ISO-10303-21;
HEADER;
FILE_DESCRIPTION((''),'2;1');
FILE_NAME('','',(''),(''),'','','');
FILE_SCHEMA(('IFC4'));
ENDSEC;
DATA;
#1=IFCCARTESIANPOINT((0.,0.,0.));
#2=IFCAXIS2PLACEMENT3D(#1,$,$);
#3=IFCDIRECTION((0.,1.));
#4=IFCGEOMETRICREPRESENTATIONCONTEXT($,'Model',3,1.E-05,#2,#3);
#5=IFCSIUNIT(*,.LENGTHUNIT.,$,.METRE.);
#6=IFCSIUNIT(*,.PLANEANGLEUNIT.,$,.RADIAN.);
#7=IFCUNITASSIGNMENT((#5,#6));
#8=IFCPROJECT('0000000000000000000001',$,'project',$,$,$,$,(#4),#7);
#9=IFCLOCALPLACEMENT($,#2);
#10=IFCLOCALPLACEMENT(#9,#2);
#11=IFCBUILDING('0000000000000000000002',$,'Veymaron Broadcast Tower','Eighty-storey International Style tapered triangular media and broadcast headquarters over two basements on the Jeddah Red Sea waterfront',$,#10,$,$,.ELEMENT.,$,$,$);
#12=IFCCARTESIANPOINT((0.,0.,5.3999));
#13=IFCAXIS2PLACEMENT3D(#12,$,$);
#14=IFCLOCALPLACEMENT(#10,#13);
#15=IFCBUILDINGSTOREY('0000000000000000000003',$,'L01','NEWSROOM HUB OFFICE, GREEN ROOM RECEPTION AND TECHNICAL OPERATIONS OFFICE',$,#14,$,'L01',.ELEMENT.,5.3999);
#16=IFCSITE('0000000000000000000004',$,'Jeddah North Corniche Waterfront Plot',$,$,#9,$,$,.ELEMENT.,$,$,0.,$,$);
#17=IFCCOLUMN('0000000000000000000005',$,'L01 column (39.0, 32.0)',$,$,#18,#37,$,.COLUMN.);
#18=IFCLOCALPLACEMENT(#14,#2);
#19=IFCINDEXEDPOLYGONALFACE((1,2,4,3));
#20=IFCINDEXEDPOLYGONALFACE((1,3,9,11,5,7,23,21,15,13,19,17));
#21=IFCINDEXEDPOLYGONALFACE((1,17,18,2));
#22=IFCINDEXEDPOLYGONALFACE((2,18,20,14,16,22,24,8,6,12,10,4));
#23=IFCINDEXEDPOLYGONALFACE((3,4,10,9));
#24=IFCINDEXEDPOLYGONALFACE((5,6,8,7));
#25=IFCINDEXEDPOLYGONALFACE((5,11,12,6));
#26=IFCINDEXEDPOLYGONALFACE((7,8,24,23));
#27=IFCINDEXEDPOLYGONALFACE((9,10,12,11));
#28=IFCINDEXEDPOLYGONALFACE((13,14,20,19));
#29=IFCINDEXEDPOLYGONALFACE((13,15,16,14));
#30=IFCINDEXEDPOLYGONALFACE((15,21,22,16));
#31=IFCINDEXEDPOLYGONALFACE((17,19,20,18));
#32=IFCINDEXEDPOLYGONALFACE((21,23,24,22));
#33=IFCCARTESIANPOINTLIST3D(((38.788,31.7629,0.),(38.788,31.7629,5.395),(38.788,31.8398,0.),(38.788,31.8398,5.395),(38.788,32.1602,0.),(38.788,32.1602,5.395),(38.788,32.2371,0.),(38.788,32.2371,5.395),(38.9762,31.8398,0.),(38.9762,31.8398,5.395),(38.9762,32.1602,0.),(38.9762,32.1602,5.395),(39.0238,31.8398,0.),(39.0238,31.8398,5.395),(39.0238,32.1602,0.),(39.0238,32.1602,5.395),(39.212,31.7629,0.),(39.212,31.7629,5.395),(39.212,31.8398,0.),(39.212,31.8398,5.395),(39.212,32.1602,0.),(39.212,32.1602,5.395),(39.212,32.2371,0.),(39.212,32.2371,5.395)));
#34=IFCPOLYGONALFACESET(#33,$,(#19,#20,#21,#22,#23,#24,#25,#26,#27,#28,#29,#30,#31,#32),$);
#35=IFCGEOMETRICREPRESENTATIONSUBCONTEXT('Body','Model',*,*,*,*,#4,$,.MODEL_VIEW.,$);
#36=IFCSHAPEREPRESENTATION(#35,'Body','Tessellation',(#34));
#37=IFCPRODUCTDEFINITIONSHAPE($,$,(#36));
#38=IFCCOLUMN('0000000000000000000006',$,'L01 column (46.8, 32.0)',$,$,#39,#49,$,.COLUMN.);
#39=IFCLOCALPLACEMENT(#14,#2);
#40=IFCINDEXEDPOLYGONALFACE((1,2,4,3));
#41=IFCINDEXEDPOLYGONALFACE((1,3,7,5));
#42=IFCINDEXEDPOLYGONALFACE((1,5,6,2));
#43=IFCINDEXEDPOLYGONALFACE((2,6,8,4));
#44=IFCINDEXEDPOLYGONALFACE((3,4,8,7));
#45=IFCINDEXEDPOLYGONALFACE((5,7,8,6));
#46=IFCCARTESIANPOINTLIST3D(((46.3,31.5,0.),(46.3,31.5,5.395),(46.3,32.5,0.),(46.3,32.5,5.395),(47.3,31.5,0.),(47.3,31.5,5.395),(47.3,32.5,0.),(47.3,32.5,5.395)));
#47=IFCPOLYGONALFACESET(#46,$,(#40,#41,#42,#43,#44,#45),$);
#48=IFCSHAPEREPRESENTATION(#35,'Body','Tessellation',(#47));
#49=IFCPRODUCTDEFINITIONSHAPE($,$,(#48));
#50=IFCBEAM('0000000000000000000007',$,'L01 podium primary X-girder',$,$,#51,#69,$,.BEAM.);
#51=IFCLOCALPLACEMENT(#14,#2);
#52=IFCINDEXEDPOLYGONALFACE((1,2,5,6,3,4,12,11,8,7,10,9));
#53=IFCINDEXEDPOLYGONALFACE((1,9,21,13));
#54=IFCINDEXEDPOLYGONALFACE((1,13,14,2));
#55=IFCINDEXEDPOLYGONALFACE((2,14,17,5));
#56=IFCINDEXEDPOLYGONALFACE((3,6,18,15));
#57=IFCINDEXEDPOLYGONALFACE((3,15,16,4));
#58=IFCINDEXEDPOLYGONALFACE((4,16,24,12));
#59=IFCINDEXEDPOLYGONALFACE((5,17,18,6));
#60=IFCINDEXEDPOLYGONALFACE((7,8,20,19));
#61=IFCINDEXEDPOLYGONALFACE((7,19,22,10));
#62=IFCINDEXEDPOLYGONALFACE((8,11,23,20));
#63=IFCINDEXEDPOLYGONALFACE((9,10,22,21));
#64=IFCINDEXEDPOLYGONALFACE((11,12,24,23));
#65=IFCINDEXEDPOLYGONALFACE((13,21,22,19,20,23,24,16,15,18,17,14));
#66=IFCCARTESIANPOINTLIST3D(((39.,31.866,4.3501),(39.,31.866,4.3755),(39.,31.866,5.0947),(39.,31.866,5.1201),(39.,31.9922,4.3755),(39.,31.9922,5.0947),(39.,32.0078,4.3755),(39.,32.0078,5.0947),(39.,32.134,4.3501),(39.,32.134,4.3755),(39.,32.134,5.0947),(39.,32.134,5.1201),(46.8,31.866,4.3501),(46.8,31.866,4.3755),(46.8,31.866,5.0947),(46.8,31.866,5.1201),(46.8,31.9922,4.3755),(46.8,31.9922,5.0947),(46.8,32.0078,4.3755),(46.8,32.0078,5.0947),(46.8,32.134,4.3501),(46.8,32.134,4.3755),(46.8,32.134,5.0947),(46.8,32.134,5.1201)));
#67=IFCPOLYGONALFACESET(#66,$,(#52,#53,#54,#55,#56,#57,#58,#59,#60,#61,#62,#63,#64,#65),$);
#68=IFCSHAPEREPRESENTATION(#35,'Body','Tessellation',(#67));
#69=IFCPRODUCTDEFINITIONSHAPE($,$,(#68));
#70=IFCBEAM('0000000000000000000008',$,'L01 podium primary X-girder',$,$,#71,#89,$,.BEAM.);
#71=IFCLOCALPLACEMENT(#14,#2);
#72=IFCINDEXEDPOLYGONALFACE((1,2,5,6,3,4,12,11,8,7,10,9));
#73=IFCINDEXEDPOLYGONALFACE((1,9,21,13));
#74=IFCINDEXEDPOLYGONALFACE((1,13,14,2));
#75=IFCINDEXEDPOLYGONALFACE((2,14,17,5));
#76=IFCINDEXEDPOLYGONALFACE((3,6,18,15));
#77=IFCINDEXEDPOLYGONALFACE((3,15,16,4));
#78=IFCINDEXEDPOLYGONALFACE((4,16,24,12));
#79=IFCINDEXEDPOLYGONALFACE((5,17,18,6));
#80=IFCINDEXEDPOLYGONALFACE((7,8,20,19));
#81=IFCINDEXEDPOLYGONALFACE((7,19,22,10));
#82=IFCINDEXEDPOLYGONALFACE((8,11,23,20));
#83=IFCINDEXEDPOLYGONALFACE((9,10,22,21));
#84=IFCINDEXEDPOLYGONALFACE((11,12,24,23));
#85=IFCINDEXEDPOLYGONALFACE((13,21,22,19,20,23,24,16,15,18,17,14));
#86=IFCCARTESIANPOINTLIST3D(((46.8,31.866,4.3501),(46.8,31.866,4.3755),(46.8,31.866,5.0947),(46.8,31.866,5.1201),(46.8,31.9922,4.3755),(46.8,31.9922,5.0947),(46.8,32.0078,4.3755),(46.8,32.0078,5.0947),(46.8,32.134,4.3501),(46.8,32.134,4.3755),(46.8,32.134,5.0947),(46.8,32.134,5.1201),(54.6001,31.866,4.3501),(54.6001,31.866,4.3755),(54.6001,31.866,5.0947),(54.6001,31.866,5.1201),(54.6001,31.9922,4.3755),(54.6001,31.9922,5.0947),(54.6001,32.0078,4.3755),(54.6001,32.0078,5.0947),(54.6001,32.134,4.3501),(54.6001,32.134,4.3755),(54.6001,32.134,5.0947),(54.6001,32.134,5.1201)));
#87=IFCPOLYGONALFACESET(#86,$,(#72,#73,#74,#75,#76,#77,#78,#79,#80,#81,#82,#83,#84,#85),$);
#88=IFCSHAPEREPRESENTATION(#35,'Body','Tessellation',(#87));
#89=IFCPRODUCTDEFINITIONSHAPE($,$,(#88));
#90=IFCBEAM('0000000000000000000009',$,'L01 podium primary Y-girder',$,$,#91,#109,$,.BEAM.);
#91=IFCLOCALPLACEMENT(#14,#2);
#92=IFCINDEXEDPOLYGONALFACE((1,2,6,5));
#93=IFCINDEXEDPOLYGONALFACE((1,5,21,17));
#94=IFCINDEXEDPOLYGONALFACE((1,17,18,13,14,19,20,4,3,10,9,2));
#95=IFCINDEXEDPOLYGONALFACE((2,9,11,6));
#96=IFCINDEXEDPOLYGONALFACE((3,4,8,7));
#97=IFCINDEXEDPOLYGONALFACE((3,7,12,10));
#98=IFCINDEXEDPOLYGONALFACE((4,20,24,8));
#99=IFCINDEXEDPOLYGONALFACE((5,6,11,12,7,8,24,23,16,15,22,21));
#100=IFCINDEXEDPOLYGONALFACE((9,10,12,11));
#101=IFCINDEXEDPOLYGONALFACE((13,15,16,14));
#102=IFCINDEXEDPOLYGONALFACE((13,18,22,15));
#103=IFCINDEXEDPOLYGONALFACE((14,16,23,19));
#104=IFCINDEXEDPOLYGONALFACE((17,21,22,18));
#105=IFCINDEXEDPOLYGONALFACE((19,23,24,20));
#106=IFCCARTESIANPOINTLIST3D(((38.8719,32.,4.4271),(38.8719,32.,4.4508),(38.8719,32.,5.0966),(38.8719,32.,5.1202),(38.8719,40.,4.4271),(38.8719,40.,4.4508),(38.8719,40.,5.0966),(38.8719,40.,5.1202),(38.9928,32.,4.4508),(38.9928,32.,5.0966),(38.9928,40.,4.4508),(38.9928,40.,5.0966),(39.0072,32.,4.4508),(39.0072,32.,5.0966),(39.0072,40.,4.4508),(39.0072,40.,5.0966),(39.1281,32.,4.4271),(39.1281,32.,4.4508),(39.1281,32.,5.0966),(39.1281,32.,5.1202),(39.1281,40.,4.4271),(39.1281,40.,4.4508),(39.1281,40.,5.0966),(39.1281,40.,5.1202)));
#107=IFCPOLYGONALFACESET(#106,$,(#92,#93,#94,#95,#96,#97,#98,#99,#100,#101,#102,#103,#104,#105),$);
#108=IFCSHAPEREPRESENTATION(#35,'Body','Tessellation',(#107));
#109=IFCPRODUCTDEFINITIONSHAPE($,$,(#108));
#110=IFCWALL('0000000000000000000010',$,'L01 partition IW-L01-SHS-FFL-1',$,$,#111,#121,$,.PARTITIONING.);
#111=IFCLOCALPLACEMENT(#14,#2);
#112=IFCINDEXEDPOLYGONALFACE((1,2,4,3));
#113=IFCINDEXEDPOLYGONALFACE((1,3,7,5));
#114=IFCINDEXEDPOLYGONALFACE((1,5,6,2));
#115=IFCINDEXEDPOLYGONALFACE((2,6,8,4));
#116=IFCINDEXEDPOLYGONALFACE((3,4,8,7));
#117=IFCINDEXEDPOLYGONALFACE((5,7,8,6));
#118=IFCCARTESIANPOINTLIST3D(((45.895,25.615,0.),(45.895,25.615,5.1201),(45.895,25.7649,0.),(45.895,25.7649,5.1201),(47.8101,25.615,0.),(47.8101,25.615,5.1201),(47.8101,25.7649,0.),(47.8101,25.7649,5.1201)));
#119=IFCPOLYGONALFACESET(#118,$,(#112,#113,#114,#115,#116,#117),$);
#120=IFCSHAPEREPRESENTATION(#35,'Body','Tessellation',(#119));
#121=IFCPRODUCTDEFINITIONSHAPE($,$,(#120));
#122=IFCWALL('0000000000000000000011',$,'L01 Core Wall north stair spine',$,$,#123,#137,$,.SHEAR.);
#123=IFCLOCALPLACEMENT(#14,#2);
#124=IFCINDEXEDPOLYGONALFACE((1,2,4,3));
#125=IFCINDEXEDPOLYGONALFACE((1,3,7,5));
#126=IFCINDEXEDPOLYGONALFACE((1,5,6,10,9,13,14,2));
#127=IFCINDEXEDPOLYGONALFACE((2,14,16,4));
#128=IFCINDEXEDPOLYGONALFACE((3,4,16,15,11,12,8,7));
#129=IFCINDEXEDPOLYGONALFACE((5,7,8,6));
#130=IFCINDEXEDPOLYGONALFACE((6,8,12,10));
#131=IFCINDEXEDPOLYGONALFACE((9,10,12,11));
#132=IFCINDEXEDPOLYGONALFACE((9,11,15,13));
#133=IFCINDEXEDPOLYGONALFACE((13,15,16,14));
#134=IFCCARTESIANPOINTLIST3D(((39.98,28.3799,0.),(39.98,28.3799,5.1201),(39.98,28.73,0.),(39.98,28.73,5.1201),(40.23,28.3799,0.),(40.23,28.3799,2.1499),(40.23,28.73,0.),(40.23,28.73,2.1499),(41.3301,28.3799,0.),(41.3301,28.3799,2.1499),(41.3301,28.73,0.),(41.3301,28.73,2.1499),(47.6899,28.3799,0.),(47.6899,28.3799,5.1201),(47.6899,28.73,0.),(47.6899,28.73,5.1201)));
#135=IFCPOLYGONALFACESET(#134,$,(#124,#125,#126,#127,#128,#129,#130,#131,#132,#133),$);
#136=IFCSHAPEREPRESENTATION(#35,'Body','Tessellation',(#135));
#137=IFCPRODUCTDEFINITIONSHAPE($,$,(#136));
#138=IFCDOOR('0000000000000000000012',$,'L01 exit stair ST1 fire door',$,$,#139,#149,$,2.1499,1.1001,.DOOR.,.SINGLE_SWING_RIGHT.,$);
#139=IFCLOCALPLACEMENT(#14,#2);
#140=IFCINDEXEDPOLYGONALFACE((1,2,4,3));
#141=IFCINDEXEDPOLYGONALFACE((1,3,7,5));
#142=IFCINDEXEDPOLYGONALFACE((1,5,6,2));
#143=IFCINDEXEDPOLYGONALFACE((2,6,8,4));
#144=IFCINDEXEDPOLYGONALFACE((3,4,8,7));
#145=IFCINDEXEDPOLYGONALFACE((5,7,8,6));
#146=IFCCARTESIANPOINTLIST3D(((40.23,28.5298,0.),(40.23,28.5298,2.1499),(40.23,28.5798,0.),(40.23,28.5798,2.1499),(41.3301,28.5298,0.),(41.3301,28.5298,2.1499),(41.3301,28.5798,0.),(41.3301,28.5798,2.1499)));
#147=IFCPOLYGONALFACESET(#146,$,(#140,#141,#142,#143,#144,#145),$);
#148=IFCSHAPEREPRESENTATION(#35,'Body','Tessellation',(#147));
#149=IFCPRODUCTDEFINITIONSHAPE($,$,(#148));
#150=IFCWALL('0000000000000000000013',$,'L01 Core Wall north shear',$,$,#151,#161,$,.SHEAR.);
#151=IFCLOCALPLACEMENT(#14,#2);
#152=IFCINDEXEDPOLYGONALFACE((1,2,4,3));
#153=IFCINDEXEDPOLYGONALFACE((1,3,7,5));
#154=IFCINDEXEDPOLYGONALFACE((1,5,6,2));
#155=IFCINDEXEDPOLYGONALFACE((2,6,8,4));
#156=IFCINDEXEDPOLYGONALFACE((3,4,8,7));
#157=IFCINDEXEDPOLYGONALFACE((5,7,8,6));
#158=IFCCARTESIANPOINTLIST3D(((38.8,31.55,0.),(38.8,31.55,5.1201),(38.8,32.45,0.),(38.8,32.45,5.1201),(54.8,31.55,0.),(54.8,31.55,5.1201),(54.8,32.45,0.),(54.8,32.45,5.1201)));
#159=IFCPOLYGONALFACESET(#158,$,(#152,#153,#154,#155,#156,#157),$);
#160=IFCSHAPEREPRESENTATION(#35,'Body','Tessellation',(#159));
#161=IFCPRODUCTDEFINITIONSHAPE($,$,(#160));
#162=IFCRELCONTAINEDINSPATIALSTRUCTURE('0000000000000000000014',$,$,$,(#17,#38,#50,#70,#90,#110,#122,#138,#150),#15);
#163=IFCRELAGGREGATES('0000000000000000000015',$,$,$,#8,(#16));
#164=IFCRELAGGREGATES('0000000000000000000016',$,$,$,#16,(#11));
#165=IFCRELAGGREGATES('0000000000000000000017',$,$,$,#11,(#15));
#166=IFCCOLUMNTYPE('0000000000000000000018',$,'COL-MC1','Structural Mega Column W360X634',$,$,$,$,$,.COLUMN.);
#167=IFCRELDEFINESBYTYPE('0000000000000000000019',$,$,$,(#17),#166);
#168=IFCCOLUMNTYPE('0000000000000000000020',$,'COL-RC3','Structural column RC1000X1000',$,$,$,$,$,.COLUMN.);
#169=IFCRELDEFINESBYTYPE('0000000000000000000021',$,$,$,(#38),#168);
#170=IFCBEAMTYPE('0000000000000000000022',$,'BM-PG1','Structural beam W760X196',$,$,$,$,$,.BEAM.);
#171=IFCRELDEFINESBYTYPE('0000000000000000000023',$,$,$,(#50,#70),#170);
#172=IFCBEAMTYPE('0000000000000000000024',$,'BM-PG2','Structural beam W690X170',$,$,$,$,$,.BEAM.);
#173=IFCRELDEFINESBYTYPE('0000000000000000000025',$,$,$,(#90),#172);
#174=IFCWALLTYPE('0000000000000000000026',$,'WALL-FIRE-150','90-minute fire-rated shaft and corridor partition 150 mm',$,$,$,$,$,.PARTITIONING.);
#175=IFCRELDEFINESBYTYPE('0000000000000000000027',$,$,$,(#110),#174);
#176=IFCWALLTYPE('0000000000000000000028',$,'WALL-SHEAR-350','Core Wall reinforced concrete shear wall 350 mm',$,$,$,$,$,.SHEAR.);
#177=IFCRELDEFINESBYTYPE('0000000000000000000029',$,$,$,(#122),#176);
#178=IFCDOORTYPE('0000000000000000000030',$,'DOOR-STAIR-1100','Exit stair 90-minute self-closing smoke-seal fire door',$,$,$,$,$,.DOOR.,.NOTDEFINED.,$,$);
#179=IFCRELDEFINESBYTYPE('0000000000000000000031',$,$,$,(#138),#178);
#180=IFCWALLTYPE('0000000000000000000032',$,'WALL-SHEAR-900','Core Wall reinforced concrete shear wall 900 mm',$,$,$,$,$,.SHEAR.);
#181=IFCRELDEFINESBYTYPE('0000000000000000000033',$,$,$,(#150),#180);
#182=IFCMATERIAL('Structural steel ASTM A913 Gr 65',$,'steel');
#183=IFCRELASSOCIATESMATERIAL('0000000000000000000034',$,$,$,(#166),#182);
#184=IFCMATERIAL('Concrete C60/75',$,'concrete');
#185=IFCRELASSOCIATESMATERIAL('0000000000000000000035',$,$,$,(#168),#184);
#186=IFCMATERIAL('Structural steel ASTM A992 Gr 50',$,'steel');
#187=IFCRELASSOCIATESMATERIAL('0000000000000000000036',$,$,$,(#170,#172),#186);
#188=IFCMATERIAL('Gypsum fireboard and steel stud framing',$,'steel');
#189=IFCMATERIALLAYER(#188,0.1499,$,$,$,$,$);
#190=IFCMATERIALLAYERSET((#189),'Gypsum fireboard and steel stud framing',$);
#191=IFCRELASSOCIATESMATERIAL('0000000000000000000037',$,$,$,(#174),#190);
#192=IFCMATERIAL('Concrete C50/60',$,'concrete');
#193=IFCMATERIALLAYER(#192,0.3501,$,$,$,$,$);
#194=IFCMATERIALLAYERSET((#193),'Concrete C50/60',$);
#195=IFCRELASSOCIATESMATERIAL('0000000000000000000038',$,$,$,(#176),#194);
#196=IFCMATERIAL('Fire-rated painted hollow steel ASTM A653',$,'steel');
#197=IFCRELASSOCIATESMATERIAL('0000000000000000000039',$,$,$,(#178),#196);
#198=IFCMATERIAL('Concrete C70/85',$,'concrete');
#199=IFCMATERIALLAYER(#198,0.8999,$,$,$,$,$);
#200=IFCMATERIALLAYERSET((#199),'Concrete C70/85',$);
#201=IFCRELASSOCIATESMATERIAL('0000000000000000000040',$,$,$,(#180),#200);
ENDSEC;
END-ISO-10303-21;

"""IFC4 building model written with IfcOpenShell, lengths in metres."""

from ifc_helpers import new_model, si_unit, direction, frame, frame_2d, origin, origin_2d, place, context, subcontext, project, spatial, rectangle, i_section, extrude, material, layer, layer_set, material_profile, profile_set, type_object, element, fill, save


model = new_model("IFC4")

# Units and contexts
model_context = context("Model", 3, precision=1e-05, world=origin(), true_north=direction((0.0, 1.0)))
body_context = subcontext(model_context, "Body", "Model", "MODEL_VIEW")
ifc_project = project(units=[si_unit("LENGTHUNIT", "METRE"), si_unit("PLANEANGLEUNIT", "RADIAN")], contexts=[model_context])

# Site, building, storey
site_placement = place(None, origin())
site = spatial("IfcSite", under=ifc_project, at=site_placement, Name="Jeddah North Corniche Waterfront Plot", CompositionType="ELEMENT", RefElevation=0.0)
building_placement = place(site_placement, origin())
building = spatial("IfcBuilding", under=site, at=building_placement, Name="Veymaron Broadcast Tower", Description="Eighty-storey International Style tapered triangular media and broadcast headquarters over two basements on the Jeddah Red Sea waterfront", CompositionType="ELEMENT")
storey_placement = place(building_placement, frame((0.0, 0.0, 5.3999)))
storey = spatial("IfcBuildingStorey", under=building, at=storey_placement, Name="L01", Description="NEWSROOM HUB OFFICE, GREEN ROOM RECEPTION AND TECHNICAL OPERATIONS OFFICE", LongName="L01", CompositionType="ELEMENT", Elevation=5.3999)

# Columns
ifc_material_1 = material(Name="Structural steel ASTM A913 Gr 65", Category="steel")
ifc_material_profile_1 = material_profile(ifc_material_1, i_section(OverallWidth=0.4241, OverallDepth=0.4741, WebThickness=0.0476, FlangeThickness=0.0769, at=origin_2d()), Name="W360X634")
ifc_profile_set_1 = profile_set([ifc_material_profile_1], Name="Structural steel ASTM A913 Gr 65")
column_type_1 = type_object("IfcColumnType", Name="COL-MC1", Description="Structural Mega Column W360X634", PredefinedType="COLUMN", material=ifc_profile_set_1)
column_1_placement = place(storey_placement, frame((39.0, 32.0, 0.0), z_axis=(0.0, 0.0, 1.0), x_axis=(1.0, 0.0, 0.0)))
element("IfcColumn", 1, at=column_1_placement, inside=storey, type_object=column_type_1, Name="L01 column (39.0, 32.0)", PredefinedType="COLUMN", context=body_context, shape_type="SweptSolid", body=[
    extrude(i_section(OverallWidth=0.4241, OverallDepth=0.4741, WebThickness=0.0476, FlangeThickness=0.0769, at=origin_2d()), origin(), (0.0, 0.0, 1.0), 5.395),
])
ifc_material_2 = material(Name="Concrete C60/75", Category="concrete")
ifc_material_profile_2 = material_profile(ifc_material_2, rectangle(XDim=1.0, YDim=1.0, at=origin_2d()), Name="RC1000X1000")
ifc_profile_set_2 = profile_set([ifc_material_profile_2], Name="Concrete C60/75")
column_type_2 = type_object("IfcColumnType", Name="COL-RC3", Description="Structural column RC1000X1000", PredefinedType="COLUMN", material=ifc_profile_set_2)
column_2_placement = place(storey_placement, frame((46.8, 32.0, 0.0), z_axis=(0.0, 0.0, 1.0), x_axis=(1.0, 0.0, 0.0)))
element("IfcColumn", 2, at=column_2_placement, inside=storey, type_object=column_type_2, Name="L01 column (46.8, 32.0)", PredefinedType="COLUMN", context=body_context, shape_type="SweptSolid", body=[
    extrude(rectangle(XDim=1.0, YDim=1.0, at=origin_2d()), origin(), (0.0, 0.0, 1.0), 5.395),
])

# Beams
ifc_material_3 = material(Name="Structural steel ASTM A992 Gr 50", Category="steel")
ifc_material_profile_3 = material_profile(ifc_material_3, i_section(OverallWidth=0.2681, OverallDepth=0.77, WebThickness=0.0156, FlangeThickness=0.0254, at=origin_2d()), Name="W760X196")
ifc_profile_set_3 = profile_set([ifc_material_profile_3], Name="Structural steel ASTM A992 Gr 50")
beam_type_1 = type_object("IfcBeamType", Name="BM-PG1", Description="Structural beam W760X196", PredefinedType="BEAM", material=ifc_profile_set_3)
for number, where, z_axis, x_axis, name in (
    (3, (39.0, 32.0, 4.7351), (1.0, 0.0, 0.0), (0.0, 1.0, 0.0), "L01 podium primary X-girder"),
    (4, (46.8, 32.0, 4.7351), (1.0, 0.0, 0.0), (0.0, 1.0, 0.0), "L01 podium primary X-girder"),
):
    element("IfcBeam", number, at=place(storey_placement, frame(where, z_axis=z_axis, x_axis=x_axis)), inside=storey, type_object=beam_type_1, Name=name, PredefinedType="BEAM", context=body_context, shape_type="SweptSolid", body=[
        extrude(i_section(OverallWidth=0.2681, OverallDepth=0.77, WebThickness=0.0156, FlangeThickness=0.0254, at=origin_2d()), origin(), (0.0, 0.0, 1.0), 7.8),
    ])
ifc_material_profile_4 = material_profile(ifc_material_3, i_section(OverallWidth=0.2561, OverallDepth=0.6931, WebThickness=0.0144, FlangeThickness=0.0237, at=origin_2d()), Name="W690X170")
ifc_profile_set_4 = profile_set([ifc_material_profile_4], Name="Structural steel ASTM A992 Gr 50")
beam_type_2 = type_object("IfcBeamType", Name="BM-PG2", Description="Structural beam W690X170", PredefinedType="BEAM", material=ifc_profile_set_4)
beam_placement = place(storey_placement, frame((39.0, 32.0, 4.7737), z_axis=(0.0, 1.0, 0.0), x_axis=(-1.0, 0.0, 0.0)))
element("IfcBeam", 5, at=beam_placement, inside=storey, type_object=beam_type_2, Name="L01 podium primary Y-girder", PredefinedType="BEAM", context=body_context, shape_type="SweptSolid", body=[
    extrude(i_section(OverallWidth=0.2561, OverallDepth=0.6931, WebThickness=0.0144, FlangeThickness=0.0237, at=origin_2d()), origin(), (0.0, 0.0, 1.0), 8.0),
])

# Shared definitions
ifc_material_4 = material(Name="Gypsum fireboard and steel stud framing", Category="steel")
ifc_layer_1 = layer(ifc_material_4, 0.1499)
ifc_layer_set_1 = layer_set([ifc_layer_1], Name="Gypsum fireboard and steel stud framing")
wall_type_1 = type_object("IfcWallType", Name="WALL-FIRE-150", Description="90-minute fire-rated shaft and corridor partition 150 mm", PredefinedType="PARTITIONING", material=ifc_layer_set_1)

# Wall
wall_1_placement = place(storey_placement, frame((45.895, 25.6899, 0.0), z_axis=(0.0, 0.0, 1.0), x_axis=(1.0, 0.0, 0.0)))
element("IfcWall", 6, at=wall_1_placement, inside=storey, type_object=wall_type_1, Name="L01 partition IW-L01-SHS-FFL-1", PredefinedType="PARTITIONING", context=body_context, shape_type="SweptSolid", body=[
    extrude(rectangle(XDim=1.915, YDim=0.1499, at=frame_2d((0.9575, 0.0))), origin(), (0.0, 0.0, 1.0), 5.1201),
])

# Wall, opening, door
ifc_material_5 = material(Name="Concrete C50/60", Category="concrete")
ifc_layer_2 = layer(ifc_material_5, 0.3501)
ifc_layer_set_2 = layer_set([ifc_layer_2], Name="Concrete C50/60")
wall_type_2 = type_object("IfcWallType", Name="WALL-SHEAR-350", Description="Core Wall reinforced concrete shear wall 350 mm", PredefinedType="SHEAR", material=ifc_layer_set_2)
wall_2_placement = place(storey_placement, frame((39.98, 28.5549, 0.0), z_axis=(0.0, 0.0, 1.0), x_axis=(1.0, 0.0, 0.0)))
wall_2 = element("IfcWall", 7, at=wall_2_placement, inside=storey, type_object=wall_type_2, Name="L01 Core Wall north stair spine", PredefinedType="SHEAR", context=body_context, shape_type="SweptSolid", body=[
    extrude(rectangle(XDim=7.71, YDim=0.3501, at=frame_2d((3.855, 0.0))), origin(), (0.0, 0.0, 1.0), 5.1201),
])
opening_1_placement = place(wall_2_placement, frame((0.25, 0.0, 0.0)))
opening_1 = element("IfcOpeningElement", 8, at=opening_1_placement, cuts=wall_2, PredefinedType="OPENING", context=body_context, shape_type="SweptSolid", body=[
    extrude(rectangle(XDim=1.1001, YDim=2.1499, at=frame_2d((0.55, 1.075))), frame((0.0, 0.1851, 0.0), z_axis=(0.0, -1.0, 0.0), x_axis=(1.0, 0.0, 0.0)), (0.0, 0.0, 1.0), 0.3701),
])
ifc_material_6 = material(Name="Fire-rated painted hollow steel ASTM A653", Category="steel")
door_type_1 = type_object("IfcDoorType", Name="DOOR-STAIR-1100", Description="Exit stair 90-minute self-closing smoke-seal fire door", OperationType="NOTDEFINED", PredefinedType="DOOR", material=ifc_material_6)
door_1_placement = place(opening_1_placement, origin())
door_1 = element("IfcDoor", 9, at=door_1_placement, inside=storey, type_object=door_type_1, Name="L01 exit stair ST1 fire door", OperationType="SINGLE_SWING_RIGHT", OverallHeight=2.1499, OverallWidth=1.1001, PredefinedType="DOOR", context=body_context, shape_type="SweptSolid", body=[
    extrude(rectangle(XDim=1.1001, YDim=2.1499, at=frame_2d((0.55, 1.075))), frame((0.0, 0.0249, 0.0), z_axis=(0.0, -1.0, 0.0), x_axis=(1.0, 0.0, 0.0)), (0.0, 0.0, 1.0), 0.05),
])
fill(opening_1, door_1)

# Wall
ifc_material_7 = material(Name="Concrete C70/85", Category="concrete")
ifc_layer_3 = layer(ifc_material_7, 0.8999)
ifc_layer_set_3 = layer_set([ifc_layer_3], Name="Concrete C70/85")
wall_type_3 = type_object("IfcWallType", Name="WALL-SHEAR-900", Description="Core Wall reinforced concrete shear wall 900 mm", PredefinedType="SHEAR", material=ifc_layer_set_3)
wall_3_placement = place(storey_placement, frame((38.8, 32.0, 0.0), z_axis=(0.0, 0.0, 1.0), x_axis=(1.0, 0.0, 0.0)))
element("IfcWall", 10, at=wall_3_placement, inside=storey, type_object=wall_type_3, Name="L01 Core Wall north shear", PredefinedType="SHEAR", context=body_context, shape_type="SweptSolid", body=[
    extrude(rectangle(XDim=16.0, YDim=0.8999, at=frame_2d((8.0, 0.0))), origin(), (0.0, 0.0, 1.0), 5.1201),
])

save(model, "model.ifc")
